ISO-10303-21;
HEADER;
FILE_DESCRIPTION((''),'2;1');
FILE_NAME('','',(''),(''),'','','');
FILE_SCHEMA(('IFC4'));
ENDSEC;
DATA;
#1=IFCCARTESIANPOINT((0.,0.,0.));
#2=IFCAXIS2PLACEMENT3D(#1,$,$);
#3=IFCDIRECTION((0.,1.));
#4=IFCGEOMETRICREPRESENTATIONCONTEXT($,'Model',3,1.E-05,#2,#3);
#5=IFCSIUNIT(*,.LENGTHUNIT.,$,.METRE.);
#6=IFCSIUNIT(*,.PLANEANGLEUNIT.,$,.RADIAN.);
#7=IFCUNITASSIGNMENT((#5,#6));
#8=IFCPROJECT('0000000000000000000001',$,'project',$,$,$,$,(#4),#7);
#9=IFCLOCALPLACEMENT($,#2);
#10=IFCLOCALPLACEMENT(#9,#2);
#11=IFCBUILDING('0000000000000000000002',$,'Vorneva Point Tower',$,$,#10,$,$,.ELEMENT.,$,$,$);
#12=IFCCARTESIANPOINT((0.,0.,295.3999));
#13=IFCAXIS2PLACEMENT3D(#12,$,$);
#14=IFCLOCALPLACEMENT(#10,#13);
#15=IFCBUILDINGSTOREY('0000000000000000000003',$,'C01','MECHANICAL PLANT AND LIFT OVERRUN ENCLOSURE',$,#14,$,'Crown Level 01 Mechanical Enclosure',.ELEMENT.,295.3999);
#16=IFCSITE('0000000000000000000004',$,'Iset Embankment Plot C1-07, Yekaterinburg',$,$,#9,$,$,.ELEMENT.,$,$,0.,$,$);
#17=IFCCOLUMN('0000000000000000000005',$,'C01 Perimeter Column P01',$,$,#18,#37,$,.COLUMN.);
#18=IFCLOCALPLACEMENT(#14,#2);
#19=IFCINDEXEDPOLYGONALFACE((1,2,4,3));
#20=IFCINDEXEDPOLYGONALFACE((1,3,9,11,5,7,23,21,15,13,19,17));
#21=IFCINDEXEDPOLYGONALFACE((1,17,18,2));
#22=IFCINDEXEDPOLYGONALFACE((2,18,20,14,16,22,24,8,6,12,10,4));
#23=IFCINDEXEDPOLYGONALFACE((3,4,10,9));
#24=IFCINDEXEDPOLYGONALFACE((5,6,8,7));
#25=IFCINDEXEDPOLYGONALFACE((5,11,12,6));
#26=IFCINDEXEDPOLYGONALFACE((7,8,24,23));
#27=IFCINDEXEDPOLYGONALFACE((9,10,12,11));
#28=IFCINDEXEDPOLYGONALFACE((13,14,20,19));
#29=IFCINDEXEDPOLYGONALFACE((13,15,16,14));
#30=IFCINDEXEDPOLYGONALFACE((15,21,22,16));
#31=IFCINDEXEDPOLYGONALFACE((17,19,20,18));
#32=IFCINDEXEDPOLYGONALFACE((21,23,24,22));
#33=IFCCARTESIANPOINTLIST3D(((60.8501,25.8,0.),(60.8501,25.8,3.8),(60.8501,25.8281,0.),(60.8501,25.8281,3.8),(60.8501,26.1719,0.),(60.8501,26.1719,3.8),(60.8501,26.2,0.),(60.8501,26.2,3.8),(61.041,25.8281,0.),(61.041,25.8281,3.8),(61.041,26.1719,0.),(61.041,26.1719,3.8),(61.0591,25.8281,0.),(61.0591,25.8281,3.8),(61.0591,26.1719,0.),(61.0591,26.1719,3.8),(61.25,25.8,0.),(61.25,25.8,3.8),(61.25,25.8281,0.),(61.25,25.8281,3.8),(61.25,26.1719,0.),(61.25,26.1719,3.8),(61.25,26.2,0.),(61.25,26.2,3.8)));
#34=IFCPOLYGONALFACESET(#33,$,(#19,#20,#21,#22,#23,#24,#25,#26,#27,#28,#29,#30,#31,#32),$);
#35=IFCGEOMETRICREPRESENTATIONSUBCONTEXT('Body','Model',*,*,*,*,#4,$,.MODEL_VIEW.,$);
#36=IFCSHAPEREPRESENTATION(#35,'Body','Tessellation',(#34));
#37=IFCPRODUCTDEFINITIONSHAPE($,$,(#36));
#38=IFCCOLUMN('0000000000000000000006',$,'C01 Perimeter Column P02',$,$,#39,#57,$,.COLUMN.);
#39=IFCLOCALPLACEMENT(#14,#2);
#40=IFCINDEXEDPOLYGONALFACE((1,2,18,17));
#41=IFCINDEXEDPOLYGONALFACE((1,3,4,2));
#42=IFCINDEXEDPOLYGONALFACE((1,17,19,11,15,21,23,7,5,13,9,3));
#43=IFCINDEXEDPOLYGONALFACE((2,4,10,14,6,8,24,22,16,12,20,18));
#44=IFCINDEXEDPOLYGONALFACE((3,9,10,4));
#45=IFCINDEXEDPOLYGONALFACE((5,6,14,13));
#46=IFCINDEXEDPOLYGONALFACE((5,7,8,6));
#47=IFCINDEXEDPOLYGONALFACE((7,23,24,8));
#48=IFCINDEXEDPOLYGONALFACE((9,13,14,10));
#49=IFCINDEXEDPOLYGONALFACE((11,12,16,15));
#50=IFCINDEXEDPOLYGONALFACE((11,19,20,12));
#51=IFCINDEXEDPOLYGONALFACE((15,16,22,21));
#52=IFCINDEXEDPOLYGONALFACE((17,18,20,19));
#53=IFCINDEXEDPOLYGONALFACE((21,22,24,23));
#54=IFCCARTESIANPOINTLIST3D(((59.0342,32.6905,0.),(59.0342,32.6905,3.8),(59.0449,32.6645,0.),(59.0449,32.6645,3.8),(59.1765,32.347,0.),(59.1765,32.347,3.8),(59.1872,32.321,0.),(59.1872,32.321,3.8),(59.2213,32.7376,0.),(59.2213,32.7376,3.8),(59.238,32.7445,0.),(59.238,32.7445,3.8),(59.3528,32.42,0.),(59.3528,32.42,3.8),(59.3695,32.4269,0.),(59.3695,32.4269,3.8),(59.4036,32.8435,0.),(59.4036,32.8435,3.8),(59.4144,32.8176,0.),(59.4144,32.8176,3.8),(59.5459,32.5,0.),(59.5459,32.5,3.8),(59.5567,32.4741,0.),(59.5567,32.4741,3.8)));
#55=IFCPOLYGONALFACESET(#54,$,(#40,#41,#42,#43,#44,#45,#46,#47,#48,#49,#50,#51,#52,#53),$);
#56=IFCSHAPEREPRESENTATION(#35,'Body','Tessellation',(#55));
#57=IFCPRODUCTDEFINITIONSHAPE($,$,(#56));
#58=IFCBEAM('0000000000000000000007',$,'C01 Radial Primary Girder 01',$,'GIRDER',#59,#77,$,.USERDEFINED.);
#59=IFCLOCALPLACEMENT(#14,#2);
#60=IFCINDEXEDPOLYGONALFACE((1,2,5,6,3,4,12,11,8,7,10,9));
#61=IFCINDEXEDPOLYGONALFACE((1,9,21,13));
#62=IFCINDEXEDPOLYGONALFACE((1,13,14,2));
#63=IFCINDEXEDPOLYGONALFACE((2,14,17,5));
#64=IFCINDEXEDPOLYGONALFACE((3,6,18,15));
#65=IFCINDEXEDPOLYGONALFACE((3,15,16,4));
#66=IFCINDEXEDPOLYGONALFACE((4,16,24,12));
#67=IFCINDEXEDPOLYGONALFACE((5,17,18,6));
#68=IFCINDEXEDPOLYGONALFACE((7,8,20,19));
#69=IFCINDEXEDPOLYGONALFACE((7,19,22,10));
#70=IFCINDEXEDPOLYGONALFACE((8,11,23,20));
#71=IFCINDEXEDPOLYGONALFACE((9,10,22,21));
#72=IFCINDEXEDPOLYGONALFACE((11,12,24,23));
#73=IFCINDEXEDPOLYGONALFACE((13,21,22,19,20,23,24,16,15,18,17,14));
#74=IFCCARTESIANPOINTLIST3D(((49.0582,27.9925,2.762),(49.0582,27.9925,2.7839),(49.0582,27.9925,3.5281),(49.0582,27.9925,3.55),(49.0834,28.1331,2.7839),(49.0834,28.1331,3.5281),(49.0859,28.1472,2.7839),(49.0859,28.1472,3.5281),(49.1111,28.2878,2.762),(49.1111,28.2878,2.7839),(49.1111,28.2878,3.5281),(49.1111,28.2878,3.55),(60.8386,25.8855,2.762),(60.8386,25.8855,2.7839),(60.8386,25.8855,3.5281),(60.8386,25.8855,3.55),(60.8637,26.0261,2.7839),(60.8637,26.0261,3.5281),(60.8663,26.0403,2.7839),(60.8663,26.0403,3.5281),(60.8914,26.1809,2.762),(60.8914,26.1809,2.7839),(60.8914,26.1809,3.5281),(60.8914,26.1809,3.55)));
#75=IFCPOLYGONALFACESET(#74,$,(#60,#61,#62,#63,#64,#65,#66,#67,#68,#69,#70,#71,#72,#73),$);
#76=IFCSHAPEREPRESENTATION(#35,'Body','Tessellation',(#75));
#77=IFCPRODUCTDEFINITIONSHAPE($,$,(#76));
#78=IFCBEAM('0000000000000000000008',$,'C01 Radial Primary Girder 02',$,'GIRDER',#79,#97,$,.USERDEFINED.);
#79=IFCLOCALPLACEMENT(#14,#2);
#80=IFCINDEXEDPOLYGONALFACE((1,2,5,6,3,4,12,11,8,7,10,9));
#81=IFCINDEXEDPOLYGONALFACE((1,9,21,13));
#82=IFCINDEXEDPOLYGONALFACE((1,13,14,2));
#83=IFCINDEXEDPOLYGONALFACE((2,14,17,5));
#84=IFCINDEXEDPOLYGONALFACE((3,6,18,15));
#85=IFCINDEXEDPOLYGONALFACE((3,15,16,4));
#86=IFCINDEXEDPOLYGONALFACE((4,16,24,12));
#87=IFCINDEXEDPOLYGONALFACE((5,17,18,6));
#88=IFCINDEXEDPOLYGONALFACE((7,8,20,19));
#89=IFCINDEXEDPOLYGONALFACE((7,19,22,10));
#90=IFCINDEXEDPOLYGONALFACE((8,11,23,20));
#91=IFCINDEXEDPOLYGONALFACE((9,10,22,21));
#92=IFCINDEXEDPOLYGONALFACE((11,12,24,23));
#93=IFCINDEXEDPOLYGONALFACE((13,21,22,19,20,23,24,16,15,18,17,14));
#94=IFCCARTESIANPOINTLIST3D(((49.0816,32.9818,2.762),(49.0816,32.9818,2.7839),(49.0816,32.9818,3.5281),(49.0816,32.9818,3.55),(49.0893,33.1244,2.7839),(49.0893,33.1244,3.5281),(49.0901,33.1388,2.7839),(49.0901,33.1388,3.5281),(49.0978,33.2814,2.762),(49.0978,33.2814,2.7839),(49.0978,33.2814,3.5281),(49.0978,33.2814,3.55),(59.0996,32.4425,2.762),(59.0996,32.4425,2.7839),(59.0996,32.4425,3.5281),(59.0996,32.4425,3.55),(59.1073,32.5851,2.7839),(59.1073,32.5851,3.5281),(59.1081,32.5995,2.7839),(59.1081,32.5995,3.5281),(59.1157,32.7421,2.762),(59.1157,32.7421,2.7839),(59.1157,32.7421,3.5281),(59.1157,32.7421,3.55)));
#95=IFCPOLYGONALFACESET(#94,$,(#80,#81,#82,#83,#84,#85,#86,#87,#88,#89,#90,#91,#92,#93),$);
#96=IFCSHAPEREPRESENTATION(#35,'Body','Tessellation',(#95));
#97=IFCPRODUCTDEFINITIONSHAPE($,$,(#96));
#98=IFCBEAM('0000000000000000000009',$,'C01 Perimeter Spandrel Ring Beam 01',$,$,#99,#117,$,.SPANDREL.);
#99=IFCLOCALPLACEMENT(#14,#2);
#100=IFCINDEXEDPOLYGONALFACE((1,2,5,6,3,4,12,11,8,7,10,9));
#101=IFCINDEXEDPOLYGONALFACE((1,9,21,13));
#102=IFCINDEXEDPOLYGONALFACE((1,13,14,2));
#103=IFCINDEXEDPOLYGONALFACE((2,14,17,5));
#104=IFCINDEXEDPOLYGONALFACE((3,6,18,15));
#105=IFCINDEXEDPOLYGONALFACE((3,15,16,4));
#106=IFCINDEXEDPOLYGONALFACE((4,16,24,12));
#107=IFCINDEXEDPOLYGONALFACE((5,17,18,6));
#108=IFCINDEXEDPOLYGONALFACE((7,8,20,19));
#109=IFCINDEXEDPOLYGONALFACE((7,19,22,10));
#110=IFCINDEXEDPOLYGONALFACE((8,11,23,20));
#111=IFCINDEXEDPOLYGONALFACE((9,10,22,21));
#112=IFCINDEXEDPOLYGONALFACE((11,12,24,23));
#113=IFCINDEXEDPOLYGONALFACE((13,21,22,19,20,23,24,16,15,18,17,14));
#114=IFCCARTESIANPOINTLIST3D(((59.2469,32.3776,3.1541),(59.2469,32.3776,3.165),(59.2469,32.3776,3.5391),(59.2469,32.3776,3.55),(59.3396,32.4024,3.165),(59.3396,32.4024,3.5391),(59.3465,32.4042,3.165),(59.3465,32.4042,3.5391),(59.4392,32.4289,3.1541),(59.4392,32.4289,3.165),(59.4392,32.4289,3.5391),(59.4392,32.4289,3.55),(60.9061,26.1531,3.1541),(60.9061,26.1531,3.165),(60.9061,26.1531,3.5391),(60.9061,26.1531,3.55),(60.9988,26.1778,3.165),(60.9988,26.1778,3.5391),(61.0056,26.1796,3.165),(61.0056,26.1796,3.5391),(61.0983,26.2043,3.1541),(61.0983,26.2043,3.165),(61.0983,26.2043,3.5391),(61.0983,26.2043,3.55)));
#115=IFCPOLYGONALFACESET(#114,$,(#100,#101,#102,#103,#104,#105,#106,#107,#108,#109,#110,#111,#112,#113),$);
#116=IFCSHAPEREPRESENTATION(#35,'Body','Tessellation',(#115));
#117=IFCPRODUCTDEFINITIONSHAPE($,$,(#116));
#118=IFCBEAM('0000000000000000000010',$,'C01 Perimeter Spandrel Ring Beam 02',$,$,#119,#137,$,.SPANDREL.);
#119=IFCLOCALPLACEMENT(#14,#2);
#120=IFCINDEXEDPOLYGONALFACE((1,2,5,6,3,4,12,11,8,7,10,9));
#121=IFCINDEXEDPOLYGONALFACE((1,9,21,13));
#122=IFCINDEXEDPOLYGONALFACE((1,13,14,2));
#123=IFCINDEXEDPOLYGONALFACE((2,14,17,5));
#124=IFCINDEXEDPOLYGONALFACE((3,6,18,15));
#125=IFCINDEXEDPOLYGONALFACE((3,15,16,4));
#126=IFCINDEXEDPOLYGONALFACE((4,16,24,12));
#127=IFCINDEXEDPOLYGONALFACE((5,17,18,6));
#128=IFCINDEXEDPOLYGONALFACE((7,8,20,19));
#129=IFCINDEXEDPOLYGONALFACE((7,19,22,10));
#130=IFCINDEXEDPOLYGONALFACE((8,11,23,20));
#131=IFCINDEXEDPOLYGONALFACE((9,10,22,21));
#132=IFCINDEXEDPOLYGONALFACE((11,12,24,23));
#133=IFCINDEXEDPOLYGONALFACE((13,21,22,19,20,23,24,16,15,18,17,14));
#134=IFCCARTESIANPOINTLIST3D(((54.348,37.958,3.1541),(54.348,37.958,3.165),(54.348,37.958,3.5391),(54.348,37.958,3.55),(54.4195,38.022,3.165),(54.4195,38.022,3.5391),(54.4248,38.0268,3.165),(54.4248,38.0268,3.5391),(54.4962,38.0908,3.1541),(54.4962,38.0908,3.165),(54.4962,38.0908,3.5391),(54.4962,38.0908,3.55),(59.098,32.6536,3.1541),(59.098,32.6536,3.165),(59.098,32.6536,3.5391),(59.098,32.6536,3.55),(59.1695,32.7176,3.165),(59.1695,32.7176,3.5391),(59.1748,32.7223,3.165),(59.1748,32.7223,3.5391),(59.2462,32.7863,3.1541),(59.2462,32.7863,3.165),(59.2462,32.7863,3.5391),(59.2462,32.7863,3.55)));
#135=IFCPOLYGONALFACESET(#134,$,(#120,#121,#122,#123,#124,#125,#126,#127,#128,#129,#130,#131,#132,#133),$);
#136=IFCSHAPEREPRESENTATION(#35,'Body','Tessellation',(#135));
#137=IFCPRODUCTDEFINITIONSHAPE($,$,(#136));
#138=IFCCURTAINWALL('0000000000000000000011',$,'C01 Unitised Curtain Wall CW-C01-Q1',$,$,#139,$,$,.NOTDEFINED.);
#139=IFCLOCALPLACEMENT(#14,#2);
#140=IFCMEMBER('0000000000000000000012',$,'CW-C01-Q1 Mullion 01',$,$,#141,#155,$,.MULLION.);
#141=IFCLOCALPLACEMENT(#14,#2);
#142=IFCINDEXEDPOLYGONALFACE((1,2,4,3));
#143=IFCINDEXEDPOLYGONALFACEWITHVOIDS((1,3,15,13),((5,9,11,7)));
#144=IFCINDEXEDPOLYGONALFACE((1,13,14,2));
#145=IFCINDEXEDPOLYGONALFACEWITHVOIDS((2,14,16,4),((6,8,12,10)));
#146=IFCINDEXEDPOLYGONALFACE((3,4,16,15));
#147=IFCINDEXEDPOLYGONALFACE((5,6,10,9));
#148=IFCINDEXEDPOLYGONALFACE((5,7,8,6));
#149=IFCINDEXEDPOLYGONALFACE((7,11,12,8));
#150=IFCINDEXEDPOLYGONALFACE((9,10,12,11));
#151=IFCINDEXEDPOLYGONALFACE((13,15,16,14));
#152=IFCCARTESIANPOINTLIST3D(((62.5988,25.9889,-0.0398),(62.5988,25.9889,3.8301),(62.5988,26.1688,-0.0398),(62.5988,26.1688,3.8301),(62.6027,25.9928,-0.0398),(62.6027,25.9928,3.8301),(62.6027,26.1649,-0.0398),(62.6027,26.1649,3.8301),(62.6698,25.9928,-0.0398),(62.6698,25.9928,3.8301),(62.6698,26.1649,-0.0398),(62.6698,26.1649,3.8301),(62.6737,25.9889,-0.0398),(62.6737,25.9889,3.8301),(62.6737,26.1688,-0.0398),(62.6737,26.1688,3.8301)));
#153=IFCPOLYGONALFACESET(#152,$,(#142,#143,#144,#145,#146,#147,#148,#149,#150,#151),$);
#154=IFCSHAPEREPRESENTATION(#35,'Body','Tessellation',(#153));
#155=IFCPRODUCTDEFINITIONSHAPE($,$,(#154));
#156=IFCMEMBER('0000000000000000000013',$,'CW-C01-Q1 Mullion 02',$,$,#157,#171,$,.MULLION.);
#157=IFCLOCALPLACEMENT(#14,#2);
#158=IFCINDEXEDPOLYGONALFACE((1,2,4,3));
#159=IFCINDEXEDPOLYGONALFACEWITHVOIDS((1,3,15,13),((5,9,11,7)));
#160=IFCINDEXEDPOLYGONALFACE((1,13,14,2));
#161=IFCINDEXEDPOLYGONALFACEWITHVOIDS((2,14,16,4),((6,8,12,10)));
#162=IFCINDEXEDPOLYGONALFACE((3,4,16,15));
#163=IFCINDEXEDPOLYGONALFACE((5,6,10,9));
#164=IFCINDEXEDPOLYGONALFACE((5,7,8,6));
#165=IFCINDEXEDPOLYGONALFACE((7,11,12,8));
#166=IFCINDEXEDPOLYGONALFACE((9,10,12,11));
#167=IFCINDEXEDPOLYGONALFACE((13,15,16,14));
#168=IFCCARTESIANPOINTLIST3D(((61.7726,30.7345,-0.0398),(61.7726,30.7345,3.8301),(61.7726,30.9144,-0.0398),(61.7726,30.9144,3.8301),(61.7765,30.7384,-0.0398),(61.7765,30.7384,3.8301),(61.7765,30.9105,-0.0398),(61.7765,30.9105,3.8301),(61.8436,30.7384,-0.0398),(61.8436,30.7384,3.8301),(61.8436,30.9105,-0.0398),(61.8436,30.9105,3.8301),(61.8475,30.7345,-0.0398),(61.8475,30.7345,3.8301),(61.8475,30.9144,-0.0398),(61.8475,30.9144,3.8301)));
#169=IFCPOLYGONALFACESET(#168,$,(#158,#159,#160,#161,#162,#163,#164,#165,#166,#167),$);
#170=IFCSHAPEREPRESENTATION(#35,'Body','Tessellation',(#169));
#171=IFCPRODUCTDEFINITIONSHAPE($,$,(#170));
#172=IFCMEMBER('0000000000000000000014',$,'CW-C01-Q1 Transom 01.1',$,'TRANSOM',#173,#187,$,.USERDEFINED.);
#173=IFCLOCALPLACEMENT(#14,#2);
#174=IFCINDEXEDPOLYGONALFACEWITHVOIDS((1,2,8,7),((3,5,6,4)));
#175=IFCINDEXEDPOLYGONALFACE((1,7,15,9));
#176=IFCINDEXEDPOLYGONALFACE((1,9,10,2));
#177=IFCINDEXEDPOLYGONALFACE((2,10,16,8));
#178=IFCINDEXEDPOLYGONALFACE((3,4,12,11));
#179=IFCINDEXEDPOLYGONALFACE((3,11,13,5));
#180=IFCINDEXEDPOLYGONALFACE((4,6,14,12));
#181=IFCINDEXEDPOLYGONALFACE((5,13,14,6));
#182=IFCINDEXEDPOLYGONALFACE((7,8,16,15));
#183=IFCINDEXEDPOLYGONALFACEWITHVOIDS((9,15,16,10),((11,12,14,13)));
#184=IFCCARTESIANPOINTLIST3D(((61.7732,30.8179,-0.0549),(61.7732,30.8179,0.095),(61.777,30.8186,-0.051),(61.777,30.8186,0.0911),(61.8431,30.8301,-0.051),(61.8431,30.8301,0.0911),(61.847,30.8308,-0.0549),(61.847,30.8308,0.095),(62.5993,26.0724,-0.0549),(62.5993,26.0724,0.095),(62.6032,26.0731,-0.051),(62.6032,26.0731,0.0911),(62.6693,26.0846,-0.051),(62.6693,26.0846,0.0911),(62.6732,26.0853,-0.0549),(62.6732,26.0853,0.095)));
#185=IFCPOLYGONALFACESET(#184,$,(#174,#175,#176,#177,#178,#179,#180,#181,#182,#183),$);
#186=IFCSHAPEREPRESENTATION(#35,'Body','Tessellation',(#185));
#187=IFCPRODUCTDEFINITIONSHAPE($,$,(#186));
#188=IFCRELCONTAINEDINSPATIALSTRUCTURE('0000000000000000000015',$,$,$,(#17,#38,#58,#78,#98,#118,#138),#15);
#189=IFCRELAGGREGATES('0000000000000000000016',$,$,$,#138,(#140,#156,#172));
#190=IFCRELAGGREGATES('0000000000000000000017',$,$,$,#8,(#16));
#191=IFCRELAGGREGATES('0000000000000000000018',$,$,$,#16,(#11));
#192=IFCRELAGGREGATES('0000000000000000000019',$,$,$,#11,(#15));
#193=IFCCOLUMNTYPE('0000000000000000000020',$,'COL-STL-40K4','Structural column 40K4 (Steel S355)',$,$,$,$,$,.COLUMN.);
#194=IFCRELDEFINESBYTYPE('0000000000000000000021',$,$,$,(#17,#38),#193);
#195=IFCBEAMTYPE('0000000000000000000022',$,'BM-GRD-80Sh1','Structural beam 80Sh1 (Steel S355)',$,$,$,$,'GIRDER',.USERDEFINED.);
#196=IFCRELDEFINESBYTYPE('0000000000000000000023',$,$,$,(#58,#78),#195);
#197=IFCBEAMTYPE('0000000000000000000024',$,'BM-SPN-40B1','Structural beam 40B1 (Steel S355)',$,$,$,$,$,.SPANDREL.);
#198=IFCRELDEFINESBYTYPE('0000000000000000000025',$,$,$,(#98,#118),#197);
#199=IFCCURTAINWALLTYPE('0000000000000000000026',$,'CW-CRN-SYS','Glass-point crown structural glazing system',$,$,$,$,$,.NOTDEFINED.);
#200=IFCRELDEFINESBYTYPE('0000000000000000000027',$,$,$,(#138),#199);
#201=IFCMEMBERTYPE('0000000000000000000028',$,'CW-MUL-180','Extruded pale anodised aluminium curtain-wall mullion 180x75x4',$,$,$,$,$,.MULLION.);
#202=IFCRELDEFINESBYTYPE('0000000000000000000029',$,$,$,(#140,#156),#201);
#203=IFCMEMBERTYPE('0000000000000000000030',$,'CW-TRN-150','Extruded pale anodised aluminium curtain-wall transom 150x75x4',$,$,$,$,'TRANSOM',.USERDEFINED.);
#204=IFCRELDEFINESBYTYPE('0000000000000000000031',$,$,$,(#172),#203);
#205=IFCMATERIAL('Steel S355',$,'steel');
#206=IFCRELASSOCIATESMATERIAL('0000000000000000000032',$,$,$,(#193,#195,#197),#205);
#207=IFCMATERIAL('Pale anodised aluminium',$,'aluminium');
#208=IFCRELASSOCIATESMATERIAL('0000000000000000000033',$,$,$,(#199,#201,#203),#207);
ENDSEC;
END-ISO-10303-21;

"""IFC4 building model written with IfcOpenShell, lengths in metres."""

from ifc_helpers import new_model, si_unit, direction, frame, origin, origin_2d, place, context, subcontext, project, spatial, hollow_rectangle, i_section, extrude, material, material_profile, profile_set, type_object, element, aggregate, save


model = new_model("IFC4")

# Units and contexts
model_context = context("Model", 3, precision=1e-05, world=origin(), true_north=direction((0.0, 1.0)))
body_context = subcontext(model_context, "Body", "Model", "MODEL_VIEW")
ifc_project = project(units=[si_unit("LENGTHUNIT", "METRE"), si_unit("PLANEANGLEUNIT", "RADIAN")], contexts=[model_context])

# Site, building, storey
site_placement = place(None, origin())
site = spatial("IfcSite", under=ifc_project, at=site_placement, Name="Iset Embankment Plot C1-07, Yekaterinburg", CompositionType="ELEMENT", RefElevation=0.0)
building_placement = place(site_placement, origin())
building = spatial("IfcBuilding", under=site, at=building_placement, Name="Vorneva Point Tower", CompositionType="ELEMENT")
storey_placement = place(building_placement, frame((0.0, 0.0, 295.3999)))
storey = spatial("IfcBuildingStorey", under=building, at=storey_placement, Name="C01", Description="MECHANICAL PLANT AND LIFT OVERRUN ENCLOSURE", LongName="Crown Level 01 Mechanical Enclosure", CompositionType="ELEMENT", Elevation=295.3999)

# Columns
ifc_material_1 = material(Name="Steel S355", Category="steel")
ifc_material_profile_1 = material_profile(ifc_material_1, i_section(OverallWidth=0.3999, OverallDepth=0.3999, WebThickness=0.0181, FlangeThickness=0.0281, at=origin_2d()), Name="40K4")
ifc_profile_set_1 = profile_set([ifc_material_profile_1], Name="Steel S355")
column_type = type_object("IfcColumnType", Name="COL-STL-40K4", Description="Structural column 40K4 (Steel S355)", PredefinedType="COLUMN", material=ifc_profile_set_1)
for number, where, z_axis, x_axis, name in (
    (1, (61.05, 26.0, 0.0), (0.0, 0.0, 1.0), (1.0, 0.0, 0.0), "C01 Perimeter Column P01"),
    (2, (59.2954, 32.5823, 0.0), (0.0, 0.0, 1.0), (0.92388, 0.382683, 0.0), "C01 Perimeter Column P02"),
):
    element("IfcColumn", number, at=place(storey_placement, frame(where, z_axis=z_axis, x_axis=x_axis)), inside=storey, type_object=column_type, Name=name, PredefinedType="COLUMN", context=body_context, shape_type="SweptSolid", body=[
        extrude(i_section(OverallWidth=0.3999, OverallDepth=0.3999, WebThickness=0.0181, FlangeThickness=0.0281, at=origin_2d()), origin(), (0.0, 0.0, 1.0), 3.8),
    ])

# Beams
ifc_material_profile_2 = material_profile(ifc_material_1, i_section(OverallWidth=0.3, OverallDepth=0.7881, WebThickness=0.0144, FlangeThickness=0.022, at=origin_2d()), Name="80Sh1")
ifc_profile_set_2 = profile_set([ifc_material_profile_2], Name="Steel S355")
beam_type_1 = type_object("IfcBeamType", Name="BM-GRD-80Sh1", Description="Structural beam 80Sh1 (Steel S355)", ElementType="GIRDER", PredefinedType="USERDEFINED", material=ifc_profile_set_2)
beam_1_placement = place(storey_placement, frame((60.865, 26.0332, 3.156), z_axis=(-0.98438, 0.176059, 0.0), x_axis=(-0.176059, -0.98438, 0.0)))
element("IfcBeam", 3, at=beam_1_placement, inside=storey, type_object=beam_type_1, Name="C01 Radial Primary Girder 01", ObjectType="GIRDER", PredefinedType="USERDEFINED", context=body_context, shape_type="SweptSolid", body=[
    extrude(i_section(OverallWidth=0.3, OverallDepth=0.7881, WebThickness=0.0144, FlangeThickness=0.022, at=origin_2d()), origin(), (0.0, 0.0, 1.0), 11.9673),
])
beam_2_placement = place(storey_placement, frame((59.1077, 32.5923, 3.156), z_axis=(-0.998554, 0.053756, 0.0), x_axis=(-0.053756, -0.998554, 0.0)))
element("IfcBeam", 4, at=beam_2_placement, inside=storey, type_object=beam_type_1, Name="C01 Radial Primary Girder 02", ObjectType="GIRDER", PredefinedType="USERDEFINED", context=body_context, shape_type="SweptSolid", body=[
    extrude(i_section(OverallWidth=0.3, OverallDepth=0.7881, WebThickness=0.0144, FlangeThickness=0.022, at=origin_2d()), origin(), (0.0, 0.0, 1.0), 10.0325),
])
ifc_material_profile_3 = material_profile(ifc_material_1, i_section(OverallWidth=0.199, OverallDepth=0.396, WebThickness=0.0071, FlangeThickness=0.011, at=origin_2d()), Name="40B1")
ifc_profile_set_3 = profile_set([ifc_material_profile_3], Name="Steel S355")
beam_type_2 = type_object("IfcBeamType", Name="BM-SPN-40B1", Description="Structural beam 40B1 (Steel S355)", PredefinedType="SPANDREL", material=ifc_profile_set_3)
beam_3_placement = place(storey_placement, frame((61.0022, 26.1787, 3.3521), z_axis=(-0.257559, 0.966263, 0.0), x_axis=(-0.966263, -0.257559, 0.0)))
element("IfcBeam", 5, at=beam_3_placement, inside=storey, type_object=beam_type_2, Name="C01 Perimeter Spandrel Ring Beam 01", PredefinedType="SPANDREL", context=body_context, shape_type="SweptSolid", body=[
    extrude(i_section(OverallWidth=0.199, OverallDepth=0.396, WebThickness=0.0071, FlangeThickness=0.011, at=origin_2d()), origin(), (0.0, 0.0, 1.0), 6.4419),
])
beam_4_placement = place(storey_placement, frame((59.1721, 32.72, 3.3521), z_axis=(-0.6671, 0.744968, 0.0), x_axis=(-0.744968, -0.6671, 0.0)))
element("IfcBeam", 6, at=beam_4_placement, inside=storey, type_object=beam_type_2, Name="C01 Perimeter Spandrel Ring Beam 02", PredefinedType="SPANDREL", context=body_context, shape_type="SweptSolid", body=[
    extrude(i_section(OverallWidth=0.199, OverallDepth=0.396, WebThickness=0.0071, FlangeThickness=0.011, at=origin_2d()), origin(), (0.0, 0.0, 1.0), 7.1204),
])

# Curtain wall, members
ifc_material_2 = material(Name="Pale anodised aluminium", Category="aluminium")
curtain_wall_type = type_object("IfcCurtainWallType", Name="CW-CRN-SYS", Description="Glass-point crown structural glazing system", PredefinedType="NOTDEFINED", material=ifc_material_2)
curtain_wall_placement = place(storey_placement, origin())
curtain_wall = element("IfcCurtainWall", 7, at=curtain_wall_placement, inside=storey, type_object=curtain_wall_type, Name="C01 Unitised Curtain Wall CW-C01-Q1", PredefinedType="NOTDEFINED")
ifc_material_profile_4 = material_profile(ifc_material_2, hollow_rectangle(XDim=0.075, YDim=0.1799, WallThickness=0.0039, at=origin_2d()), Name="AL-MUL 180x75x4")
ifc_profile_set_4 = profile_set([ifc_material_profile_4], Name="Pale anodised aluminium")
member_type_1 = type_object("IfcMemberType", Name="CW-MUL-180", Description="Extruded pale anodised aluminium curtain-wall mullion 180x75x4", PredefinedType="MULLION", material=ifc_profile_set_4)
member_1_placement = place(storey_placement, frame((62.6362, 26.0789, -0.0398), z_axis=(0.0, 0.0, 1.0), x_axis=(1.0, 0.0, 0.0)))
member_1 = element("IfcMember", 8, at=member_1_placement, type_object=member_type_1, Name="CW-C01-Q1 Mullion 01", PredefinedType="MULLION", context=body_context, shape_type="SweptSolid", body=[
    extrude(hollow_rectangle(XDim=0.075, YDim=0.1799, WallThickness=0.0039, at=origin_2d()), origin(), (0.0, 0.0, 1.0), 3.8699),
])
member_2_placement = place(storey_placement, frame((61.8101, 30.8245, -0.0398), z_axis=(0.0, 0.0, 1.0), x_axis=(1.0, 0.0, 0.0)))
member_2 = element("IfcMember", 9, at=member_2_placement, type_object=member_type_1, Name="CW-C01-Q1 Mullion 02", PredefinedType="MULLION", context=body_context, shape_type="SweptSolid", body=[
    extrude(hollow_rectangle(XDim=0.075, YDim=0.1799, WallThickness=0.0039, at=origin_2d()), origin(), (0.0, 0.0, 1.0), 3.8699),
])
ifc_material_profile_5 = material_profile(ifc_material_2, hollow_rectangle(XDim=0.075, YDim=0.1499, WallThickness=0.0039, at=origin_2d()), Name="AL-TRN 150x75x4")
ifc_profile_set_5 = profile_set([ifc_material_profile_5], Name="Pale anodised aluminium")
member_type_2 = type_object("IfcMemberType", Name="CW-TRN-150", Description="Extruded pale anodised aluminium curtain-wall transom 150x75x4", ElementType="TRANSOM", PredefinedType="USERDEFINED", material=ifc_profile_set_5)
member_3_placement = place(storey_placement, frame((62.6362, 26.0789, 0.02), z_axis=(-0.171512, 0.985182, 0.0), x_axis=(-0.985182, -0.171512, 0.0)))
member_3 = element("IfcMember", 10, at=member_3_placement, type_object=member_type_2, Name="CW-C01-Q1 Transom 01.1", ObjectType="TRANSOM", PredefinedType="USERDEFINED", context=body_context, shape_type="SweptSolid", body=[
    extrude(hollow_rectangle(XDim=0.075, YDim=0.1499, WallThickness=0.0039, at=origin_2d()), origin(), (0.0, 0.0, 1.0), 4.8169),
])

aggregate(curtain_wall, [member_1, member_2, member_3])

save(model, "model.ifc")
